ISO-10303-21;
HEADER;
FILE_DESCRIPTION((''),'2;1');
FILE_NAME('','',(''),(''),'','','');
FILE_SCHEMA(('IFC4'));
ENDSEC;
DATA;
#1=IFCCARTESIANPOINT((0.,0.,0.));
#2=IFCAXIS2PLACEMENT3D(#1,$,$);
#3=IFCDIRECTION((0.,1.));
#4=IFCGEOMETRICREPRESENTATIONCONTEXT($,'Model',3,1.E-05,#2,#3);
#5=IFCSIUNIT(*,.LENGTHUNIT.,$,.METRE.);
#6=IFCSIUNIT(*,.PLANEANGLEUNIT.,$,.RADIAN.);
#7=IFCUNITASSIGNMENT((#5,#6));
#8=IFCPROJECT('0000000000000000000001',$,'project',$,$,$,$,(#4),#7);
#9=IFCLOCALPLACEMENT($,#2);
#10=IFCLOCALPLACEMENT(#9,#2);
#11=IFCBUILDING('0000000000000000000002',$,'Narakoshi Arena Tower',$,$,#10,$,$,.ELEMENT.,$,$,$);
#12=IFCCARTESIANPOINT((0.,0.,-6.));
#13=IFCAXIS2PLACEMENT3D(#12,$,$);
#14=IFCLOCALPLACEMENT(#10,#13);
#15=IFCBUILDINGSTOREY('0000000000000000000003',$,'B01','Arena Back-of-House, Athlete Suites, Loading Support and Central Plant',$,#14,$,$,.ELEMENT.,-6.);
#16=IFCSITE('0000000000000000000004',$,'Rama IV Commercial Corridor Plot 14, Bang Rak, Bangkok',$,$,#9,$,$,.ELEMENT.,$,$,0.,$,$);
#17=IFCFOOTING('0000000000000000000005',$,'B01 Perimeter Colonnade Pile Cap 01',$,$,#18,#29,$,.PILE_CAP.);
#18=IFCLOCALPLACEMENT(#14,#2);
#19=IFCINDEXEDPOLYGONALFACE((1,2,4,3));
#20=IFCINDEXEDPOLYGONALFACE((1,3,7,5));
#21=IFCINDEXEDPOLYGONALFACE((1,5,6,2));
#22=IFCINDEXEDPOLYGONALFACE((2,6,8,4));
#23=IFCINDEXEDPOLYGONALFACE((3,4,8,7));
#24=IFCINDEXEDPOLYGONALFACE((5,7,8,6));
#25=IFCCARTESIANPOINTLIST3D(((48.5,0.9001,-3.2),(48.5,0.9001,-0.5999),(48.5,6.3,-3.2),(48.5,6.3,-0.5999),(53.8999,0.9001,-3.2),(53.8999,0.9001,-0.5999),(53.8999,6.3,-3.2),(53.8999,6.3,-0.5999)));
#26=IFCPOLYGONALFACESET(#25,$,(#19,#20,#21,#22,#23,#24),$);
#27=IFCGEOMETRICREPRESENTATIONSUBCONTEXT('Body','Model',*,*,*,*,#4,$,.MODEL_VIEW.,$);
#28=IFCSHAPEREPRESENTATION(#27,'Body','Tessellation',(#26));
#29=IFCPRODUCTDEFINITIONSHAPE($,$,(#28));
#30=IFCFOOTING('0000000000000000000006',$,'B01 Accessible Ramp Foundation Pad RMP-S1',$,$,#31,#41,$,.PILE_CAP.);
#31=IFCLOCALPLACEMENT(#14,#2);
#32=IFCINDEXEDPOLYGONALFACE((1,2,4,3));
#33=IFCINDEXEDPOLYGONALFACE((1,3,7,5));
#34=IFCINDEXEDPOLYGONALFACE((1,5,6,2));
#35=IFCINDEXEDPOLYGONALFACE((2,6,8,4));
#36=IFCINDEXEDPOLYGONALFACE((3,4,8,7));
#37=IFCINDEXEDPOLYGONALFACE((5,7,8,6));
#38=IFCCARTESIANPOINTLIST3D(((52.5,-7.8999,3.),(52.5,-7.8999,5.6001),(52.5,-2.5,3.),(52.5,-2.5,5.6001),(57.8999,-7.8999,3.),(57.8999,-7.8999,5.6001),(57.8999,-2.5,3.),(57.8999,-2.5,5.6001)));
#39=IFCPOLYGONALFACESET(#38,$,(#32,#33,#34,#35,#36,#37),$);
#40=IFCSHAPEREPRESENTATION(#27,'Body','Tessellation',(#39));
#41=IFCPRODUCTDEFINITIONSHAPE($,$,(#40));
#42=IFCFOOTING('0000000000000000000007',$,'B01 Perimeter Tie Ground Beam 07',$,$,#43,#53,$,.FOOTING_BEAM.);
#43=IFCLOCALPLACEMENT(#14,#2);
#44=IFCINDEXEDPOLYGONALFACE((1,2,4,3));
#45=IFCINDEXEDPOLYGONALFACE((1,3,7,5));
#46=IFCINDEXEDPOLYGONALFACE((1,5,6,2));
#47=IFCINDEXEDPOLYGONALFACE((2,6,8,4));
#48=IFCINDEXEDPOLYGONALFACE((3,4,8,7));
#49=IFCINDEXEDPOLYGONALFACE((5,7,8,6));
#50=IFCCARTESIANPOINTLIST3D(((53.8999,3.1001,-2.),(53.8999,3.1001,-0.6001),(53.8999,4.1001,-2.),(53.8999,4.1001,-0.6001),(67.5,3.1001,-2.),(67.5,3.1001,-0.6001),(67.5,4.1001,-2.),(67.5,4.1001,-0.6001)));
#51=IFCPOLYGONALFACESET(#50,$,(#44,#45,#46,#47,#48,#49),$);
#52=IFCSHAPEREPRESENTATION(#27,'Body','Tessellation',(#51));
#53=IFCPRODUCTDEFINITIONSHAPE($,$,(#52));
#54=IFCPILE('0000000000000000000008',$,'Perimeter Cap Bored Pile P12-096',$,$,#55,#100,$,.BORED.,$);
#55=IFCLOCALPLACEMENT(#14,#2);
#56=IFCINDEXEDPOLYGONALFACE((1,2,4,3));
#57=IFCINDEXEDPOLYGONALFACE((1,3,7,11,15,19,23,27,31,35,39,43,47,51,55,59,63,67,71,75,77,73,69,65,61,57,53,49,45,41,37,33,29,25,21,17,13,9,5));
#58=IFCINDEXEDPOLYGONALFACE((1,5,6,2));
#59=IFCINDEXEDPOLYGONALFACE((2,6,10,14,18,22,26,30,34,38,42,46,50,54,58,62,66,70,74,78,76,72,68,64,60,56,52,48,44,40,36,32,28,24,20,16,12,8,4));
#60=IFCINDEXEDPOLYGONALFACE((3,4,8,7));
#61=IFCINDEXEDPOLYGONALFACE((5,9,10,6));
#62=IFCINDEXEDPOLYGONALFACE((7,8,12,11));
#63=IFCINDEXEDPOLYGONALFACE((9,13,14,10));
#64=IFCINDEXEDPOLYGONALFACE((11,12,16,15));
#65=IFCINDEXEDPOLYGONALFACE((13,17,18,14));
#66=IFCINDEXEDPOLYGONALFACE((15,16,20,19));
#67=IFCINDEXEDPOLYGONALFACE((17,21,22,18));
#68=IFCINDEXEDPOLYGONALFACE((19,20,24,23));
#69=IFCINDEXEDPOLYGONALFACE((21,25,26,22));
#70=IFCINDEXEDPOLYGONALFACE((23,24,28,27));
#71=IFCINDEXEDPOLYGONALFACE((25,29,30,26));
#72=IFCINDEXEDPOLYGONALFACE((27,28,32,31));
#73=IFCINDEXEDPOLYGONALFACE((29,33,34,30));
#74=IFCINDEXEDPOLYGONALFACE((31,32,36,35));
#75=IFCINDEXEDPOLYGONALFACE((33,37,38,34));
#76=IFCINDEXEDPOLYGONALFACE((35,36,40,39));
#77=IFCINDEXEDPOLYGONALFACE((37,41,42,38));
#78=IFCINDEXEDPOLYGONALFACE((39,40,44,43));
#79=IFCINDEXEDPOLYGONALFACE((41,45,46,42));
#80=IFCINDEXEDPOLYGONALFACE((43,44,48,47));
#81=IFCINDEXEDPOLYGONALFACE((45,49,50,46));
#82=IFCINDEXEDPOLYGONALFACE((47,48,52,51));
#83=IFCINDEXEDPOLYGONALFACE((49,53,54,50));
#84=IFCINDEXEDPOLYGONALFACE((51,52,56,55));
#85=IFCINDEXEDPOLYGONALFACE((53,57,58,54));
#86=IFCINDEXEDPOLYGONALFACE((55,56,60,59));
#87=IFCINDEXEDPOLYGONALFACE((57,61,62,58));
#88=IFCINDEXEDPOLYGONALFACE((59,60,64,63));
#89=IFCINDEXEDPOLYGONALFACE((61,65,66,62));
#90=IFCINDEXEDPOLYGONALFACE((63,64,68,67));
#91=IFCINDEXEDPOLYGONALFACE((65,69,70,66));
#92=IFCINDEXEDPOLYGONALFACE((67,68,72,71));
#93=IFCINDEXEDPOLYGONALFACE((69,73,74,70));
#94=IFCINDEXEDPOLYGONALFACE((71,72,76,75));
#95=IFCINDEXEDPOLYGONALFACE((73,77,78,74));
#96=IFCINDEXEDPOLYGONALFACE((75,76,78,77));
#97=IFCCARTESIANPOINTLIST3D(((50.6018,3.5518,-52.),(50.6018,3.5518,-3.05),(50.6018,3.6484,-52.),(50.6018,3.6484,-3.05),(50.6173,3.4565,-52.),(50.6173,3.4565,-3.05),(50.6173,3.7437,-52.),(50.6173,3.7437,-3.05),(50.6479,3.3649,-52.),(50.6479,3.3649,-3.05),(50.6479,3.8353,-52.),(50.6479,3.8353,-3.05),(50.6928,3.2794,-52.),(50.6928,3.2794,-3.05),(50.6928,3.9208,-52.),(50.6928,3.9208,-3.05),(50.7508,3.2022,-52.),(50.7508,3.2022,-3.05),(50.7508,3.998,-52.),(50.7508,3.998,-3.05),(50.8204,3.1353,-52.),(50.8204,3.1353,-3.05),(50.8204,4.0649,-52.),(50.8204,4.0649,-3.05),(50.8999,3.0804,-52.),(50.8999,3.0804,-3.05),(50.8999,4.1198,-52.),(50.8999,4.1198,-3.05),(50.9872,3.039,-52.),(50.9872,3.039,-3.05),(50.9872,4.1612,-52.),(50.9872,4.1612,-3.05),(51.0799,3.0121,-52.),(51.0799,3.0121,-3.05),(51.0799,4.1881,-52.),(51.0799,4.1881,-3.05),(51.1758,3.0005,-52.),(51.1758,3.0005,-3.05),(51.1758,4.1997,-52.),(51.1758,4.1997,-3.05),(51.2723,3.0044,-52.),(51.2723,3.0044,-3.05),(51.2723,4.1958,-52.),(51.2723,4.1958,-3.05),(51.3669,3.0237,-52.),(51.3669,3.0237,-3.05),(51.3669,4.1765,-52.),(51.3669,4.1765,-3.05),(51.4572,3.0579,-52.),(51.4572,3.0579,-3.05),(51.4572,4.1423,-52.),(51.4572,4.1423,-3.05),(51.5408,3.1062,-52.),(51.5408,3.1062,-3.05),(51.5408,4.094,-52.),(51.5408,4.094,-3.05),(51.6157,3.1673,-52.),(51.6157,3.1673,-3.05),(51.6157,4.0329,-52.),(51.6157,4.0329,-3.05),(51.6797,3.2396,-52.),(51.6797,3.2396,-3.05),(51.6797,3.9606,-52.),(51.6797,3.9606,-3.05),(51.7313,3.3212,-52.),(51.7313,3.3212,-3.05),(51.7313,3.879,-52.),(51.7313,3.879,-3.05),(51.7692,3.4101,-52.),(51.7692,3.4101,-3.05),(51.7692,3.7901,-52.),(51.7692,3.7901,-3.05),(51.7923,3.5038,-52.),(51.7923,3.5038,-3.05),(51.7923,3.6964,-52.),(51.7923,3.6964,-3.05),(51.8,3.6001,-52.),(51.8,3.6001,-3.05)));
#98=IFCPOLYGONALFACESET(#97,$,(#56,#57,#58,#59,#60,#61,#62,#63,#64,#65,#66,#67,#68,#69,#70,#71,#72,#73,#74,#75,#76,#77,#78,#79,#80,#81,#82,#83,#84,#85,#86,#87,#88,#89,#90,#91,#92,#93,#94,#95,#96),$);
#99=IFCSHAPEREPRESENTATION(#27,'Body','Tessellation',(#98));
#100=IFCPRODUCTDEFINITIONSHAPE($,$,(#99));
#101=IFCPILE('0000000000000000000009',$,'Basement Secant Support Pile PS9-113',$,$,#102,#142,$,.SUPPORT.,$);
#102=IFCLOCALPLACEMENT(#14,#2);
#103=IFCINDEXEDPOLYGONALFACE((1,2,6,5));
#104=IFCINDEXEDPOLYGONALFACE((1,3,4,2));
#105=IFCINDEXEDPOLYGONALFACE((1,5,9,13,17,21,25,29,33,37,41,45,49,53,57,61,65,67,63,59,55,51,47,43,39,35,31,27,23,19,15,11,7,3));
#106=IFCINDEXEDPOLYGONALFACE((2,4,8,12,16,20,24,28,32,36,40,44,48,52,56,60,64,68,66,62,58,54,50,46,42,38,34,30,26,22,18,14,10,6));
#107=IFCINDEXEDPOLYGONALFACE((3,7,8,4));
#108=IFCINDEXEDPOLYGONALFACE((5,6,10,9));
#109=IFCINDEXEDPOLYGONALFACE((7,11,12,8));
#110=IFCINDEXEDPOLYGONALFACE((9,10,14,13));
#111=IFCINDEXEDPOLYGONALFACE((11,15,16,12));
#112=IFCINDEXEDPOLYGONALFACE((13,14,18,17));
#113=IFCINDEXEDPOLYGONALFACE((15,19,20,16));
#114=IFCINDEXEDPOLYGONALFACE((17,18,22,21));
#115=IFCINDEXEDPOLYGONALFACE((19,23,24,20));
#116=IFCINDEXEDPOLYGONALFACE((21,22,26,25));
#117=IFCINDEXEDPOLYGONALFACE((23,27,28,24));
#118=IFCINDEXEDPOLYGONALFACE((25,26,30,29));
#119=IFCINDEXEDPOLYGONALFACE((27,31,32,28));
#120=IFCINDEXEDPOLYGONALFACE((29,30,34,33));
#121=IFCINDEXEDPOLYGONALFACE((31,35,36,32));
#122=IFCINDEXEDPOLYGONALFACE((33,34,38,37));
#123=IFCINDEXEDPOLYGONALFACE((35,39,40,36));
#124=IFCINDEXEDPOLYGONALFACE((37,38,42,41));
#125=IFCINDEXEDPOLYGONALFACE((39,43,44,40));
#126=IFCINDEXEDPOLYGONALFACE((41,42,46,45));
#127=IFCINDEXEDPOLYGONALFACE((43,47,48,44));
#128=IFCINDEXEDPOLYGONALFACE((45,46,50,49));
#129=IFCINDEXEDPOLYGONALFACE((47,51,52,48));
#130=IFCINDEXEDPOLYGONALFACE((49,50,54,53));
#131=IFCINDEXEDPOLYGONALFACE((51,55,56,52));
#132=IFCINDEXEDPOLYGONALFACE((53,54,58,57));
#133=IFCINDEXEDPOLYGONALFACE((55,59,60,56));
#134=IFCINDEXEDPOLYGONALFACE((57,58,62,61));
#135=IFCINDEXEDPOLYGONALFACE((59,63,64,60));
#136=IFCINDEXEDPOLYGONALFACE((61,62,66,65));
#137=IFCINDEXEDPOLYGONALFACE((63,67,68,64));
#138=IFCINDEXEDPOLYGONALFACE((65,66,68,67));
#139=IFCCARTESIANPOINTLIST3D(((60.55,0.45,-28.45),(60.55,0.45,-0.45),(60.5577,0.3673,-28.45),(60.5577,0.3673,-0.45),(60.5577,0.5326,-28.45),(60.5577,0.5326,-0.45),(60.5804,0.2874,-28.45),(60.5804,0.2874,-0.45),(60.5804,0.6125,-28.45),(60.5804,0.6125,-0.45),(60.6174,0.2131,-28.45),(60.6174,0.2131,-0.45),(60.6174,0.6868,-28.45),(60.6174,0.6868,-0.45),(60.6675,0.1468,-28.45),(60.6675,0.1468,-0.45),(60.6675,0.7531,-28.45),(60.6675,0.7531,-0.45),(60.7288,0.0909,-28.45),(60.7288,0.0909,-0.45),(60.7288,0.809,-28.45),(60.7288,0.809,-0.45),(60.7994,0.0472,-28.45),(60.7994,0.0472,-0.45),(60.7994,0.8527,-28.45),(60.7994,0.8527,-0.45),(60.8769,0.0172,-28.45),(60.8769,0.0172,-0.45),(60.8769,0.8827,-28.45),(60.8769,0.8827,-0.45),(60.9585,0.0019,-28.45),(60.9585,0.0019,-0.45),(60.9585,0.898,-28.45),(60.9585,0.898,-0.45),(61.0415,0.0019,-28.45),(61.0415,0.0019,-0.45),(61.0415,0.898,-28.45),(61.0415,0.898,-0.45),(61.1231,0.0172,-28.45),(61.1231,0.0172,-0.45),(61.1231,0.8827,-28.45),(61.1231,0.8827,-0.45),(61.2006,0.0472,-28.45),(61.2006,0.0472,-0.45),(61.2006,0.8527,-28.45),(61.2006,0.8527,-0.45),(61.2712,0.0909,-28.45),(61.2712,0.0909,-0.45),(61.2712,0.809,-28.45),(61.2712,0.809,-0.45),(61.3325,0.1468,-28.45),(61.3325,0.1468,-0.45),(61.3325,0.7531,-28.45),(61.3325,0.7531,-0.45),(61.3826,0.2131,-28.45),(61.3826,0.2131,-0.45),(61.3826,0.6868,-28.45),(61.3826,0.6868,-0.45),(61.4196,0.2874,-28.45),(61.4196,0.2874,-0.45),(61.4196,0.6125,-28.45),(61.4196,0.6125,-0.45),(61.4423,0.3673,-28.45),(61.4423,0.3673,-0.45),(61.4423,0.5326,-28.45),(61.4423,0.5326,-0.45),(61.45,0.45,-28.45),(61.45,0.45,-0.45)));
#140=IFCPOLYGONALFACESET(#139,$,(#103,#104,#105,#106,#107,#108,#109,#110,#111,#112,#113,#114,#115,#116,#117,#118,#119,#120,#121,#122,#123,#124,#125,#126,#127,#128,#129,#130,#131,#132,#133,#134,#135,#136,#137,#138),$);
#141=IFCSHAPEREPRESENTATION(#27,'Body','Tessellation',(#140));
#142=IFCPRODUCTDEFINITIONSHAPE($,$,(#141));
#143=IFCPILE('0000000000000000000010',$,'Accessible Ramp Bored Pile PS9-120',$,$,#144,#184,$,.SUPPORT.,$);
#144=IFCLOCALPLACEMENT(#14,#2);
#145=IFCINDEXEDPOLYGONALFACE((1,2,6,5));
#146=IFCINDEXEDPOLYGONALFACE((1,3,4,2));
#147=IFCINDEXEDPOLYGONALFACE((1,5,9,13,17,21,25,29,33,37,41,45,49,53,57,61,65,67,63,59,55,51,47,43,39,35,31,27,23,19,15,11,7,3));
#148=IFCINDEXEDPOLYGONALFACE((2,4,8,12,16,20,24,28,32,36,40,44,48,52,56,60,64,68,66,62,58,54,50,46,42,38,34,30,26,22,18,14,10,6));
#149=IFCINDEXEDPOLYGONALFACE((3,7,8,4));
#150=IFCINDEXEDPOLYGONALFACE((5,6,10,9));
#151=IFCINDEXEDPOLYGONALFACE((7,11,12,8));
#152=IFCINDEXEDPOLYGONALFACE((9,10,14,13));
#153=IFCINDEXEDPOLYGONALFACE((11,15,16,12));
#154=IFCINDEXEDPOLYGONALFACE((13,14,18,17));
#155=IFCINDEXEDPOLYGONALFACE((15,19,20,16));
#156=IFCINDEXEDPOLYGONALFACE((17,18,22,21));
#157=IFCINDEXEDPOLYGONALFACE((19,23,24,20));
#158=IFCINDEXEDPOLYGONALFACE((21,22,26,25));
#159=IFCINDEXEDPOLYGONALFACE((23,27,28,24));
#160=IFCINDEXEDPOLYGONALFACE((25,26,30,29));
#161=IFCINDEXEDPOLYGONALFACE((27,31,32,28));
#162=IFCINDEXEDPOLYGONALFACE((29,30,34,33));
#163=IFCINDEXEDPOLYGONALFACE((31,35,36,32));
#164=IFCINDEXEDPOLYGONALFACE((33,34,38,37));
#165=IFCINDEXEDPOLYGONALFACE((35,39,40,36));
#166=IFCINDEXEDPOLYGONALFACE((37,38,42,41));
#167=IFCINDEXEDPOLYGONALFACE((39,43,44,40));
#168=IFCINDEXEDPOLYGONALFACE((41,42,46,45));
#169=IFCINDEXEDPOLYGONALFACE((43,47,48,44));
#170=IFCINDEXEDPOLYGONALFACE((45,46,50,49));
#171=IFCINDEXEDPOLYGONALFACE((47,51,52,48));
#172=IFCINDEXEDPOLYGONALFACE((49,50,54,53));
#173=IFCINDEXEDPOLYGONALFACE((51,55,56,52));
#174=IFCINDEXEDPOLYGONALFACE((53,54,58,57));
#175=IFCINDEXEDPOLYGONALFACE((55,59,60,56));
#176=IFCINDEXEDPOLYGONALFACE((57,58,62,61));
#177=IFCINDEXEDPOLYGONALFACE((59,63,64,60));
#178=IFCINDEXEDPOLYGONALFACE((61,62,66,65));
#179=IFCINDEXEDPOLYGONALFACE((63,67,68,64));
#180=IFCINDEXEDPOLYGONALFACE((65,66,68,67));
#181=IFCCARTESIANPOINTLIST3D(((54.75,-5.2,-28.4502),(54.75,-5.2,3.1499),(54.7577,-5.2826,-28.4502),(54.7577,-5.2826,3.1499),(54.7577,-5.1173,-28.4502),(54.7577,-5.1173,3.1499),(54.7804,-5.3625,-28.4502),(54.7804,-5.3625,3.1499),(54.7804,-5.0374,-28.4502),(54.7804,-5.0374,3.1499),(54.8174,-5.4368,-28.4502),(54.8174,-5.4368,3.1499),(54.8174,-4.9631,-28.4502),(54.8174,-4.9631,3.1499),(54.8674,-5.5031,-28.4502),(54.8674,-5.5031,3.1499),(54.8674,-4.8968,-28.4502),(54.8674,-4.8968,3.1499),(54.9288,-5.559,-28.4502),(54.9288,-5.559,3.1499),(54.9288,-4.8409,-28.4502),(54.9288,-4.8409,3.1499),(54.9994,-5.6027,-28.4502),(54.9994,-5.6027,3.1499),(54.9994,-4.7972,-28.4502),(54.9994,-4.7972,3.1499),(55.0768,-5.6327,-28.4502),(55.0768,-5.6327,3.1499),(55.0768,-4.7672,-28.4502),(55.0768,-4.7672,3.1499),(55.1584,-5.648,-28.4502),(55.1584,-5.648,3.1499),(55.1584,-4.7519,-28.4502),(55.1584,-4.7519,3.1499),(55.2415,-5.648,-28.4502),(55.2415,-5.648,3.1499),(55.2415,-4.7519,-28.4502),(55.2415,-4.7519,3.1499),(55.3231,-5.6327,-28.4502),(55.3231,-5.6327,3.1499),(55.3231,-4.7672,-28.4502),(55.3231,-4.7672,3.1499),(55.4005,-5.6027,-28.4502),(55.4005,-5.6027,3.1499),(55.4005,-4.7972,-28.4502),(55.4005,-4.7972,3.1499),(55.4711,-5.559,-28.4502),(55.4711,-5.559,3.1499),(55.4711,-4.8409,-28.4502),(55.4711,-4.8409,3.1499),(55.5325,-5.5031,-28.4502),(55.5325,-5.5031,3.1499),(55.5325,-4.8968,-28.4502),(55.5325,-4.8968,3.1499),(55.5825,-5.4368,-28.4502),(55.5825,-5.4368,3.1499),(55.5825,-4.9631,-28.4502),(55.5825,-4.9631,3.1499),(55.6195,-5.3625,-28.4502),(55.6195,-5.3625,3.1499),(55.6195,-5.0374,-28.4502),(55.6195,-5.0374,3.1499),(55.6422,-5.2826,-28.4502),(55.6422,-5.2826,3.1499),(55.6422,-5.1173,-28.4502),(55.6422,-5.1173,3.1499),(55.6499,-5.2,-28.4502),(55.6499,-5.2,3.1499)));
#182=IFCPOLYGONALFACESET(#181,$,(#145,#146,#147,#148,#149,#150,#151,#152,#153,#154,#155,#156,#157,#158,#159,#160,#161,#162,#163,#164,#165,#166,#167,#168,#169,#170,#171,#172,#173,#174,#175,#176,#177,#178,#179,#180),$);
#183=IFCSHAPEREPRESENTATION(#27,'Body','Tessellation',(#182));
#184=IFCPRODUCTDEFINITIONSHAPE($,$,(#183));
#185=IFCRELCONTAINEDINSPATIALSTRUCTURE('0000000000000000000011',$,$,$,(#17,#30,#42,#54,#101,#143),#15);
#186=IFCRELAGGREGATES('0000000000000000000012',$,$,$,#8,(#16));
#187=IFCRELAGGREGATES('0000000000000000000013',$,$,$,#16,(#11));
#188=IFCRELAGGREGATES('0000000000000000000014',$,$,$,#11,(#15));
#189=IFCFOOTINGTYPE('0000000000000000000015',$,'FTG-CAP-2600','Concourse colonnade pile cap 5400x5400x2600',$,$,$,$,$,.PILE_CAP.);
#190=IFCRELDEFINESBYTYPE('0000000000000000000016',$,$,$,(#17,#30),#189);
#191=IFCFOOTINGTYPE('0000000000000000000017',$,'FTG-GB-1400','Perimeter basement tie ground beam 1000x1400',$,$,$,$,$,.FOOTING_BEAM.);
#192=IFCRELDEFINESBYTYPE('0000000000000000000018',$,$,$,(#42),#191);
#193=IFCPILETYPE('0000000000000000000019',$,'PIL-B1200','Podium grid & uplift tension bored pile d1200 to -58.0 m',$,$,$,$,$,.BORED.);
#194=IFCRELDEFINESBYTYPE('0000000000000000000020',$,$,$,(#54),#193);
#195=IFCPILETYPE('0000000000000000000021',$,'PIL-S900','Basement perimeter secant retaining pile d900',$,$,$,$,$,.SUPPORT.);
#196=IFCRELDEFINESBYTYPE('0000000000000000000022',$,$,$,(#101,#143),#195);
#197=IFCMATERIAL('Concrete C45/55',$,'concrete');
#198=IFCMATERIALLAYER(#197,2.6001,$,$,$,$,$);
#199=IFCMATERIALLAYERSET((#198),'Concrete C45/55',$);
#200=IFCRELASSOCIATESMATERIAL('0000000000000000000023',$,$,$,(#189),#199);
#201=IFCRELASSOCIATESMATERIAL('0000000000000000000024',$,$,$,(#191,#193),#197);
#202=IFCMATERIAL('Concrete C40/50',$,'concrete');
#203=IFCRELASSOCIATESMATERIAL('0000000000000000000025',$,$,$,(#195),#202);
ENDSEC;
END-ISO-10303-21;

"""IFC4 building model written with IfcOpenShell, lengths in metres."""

from ifc_helpers import new_model, si_unit, direction, frame, origin, origin_2d, place, context, subcontext, project, spatial, rectangle, circle, extrude, material, layer, layer_set, material_profile, profile_set, type_object, element, save


model = new_model("IFC4")

# Units and contexts
model_context = context("Model", 3, precision=1e-05, world=origin(), true_north=direction((0.0, 1.0)))
body_context = subcontext(model_context, "Body", "Model", "MODEL_VIEW")
ifc_project = project(units=[si_unit("LENGTHUNIT", "METRE"), si_unit("PLANEANGLEUNIT", "RADIAN")], contexts=[model_context])

# Site, building, storey
site_placement = place(None, origin())
site = spatial("IfcSite", under=ifc_project, at=site_placement, Name="Rama IV Commercial Corridor Plot 14, Bang Rak, Bangkok", CompositionType="ELEMENT", RefElevation=0.0)
building_placement = place(site_placement, origin())
building = spatial("IfcBuilding", under=site, at=building_placement, Name="Narakoshi Arena Tower", CompositionType="ELEMENT")
storey_placement = place(building_placement, frame((0.0, 0.0, -6.0)))
storey = spatial("IfcBuildingStorey", under=building, at=storey_placement, Name="B01", Description="Arena Back-of-House, Athlete Suites, Loading Support and Central Plant", CompositionType="ELEMENT", Elevation=-6.0)

# Footings
ifc_material_1 = material(Name="Concrete C45/55", Category="concrete")
ifc_layer_1 = layer(ifc_material_1, 2.6001)
ifc_layer_set_1 = layer_set([ifc_layer_1], Name="Concrete C45/55")
footing_type_1 = type_object("IfcFootingType", Name="FTG-CAP-2600", Description="Concourse colonnade pile cap 5400x5400x2600", PredefinedType="PILE_CAP", material=ifc_layer_set_1)
for number, where, z_axis, x_axis, name in (
    (1, (51.2, 3.6001, -3.2), (0.0, 0.0, 1.0), (1.0, 0.0, 0.0), "B01 Perimeter Colonnade Pile Cap 01"),
    (2, (55.2, -5.2, 3.0), (0.0, 0.0, 1.0), (1.0, 0.0, 0.0), "B01 Accessible Ramp Foundation Pad RMP-S1"),
):
    element("IfcFooting", number, at=place(storey_placement, frame(where, z_axis=z_axis, x_axis=x_axis)), inside=storey, type_object=footing_type_1, Name=name, PredefinedType="PILE_CAP", context=body_context, shape_type="SweptSolid", body=[
        extrude(rectangle(XDim=5.3999, YDim=5.3999, at=origin_2d()), origin(), (0.0, 0.0, 1.0), 2.6001),
    ])
ifc_material_profile_1 = material_profile(ifc_material_1, rectangle(XDim=1.0, YDim=1.3999, at=origin_2d()), Name="RGB1000x1400")
ifc_profile_set_1 = profile_set([ifc_material_profile_1], Name="Concrete C45/55")
footing_type_2 = type_object("IfcFootingType", Name="FTG-GB-1400", Description="Perimeter basement tie ground beam 1000x1400", PredefinedType="FOOTING_BEAM", material=ifc_profile_set_1)
footing_placement = place(storey_placement, frame((53.8999, 3.6001, -1.3), z_axis=(1.0, 0.0, 0.0), x_axis=(0.0, 1.0, 0.0)))
element("IfcFooting", 3, at=footing_placement, inside=storey, type_object=footing_type_2, Name="B01 Perimeter Tie Ground Beam 07", PredefinedType="FOOTING_BEAM", context=body_context, shape_type="SweptSolid", body=[
    extrude(rectangle(XDim=1.0, YDim=1.3999, at=origin_2d()), origin(), (0.0, 0.0, 1.0), 13.6001),
])

# Piles
ifc_material_profile_2 = material_profile(ifc_material_1, circle(Radius=0.6001, at=origin_2d()), Name="PILE-D1200")
ifc_profile_set_2 = profile_set([ifc_material_profile_2], Name="Concrete C45/55")
pile_type_1 = type_object("IfcPileType", Name="PIL-B1200", Description="Podium grid & uplift tension bored pile d1200 to -58.0 m", PredefinedType="BORED", material=ifc_profile_set_2)
pile_1_placement = place(storey_placement, frame((51.2, 3.6001, -3.05), z_axis=(0.0, 0.0, -1.0), x_axis=(1.0, 0.0, 0.0)))
element("IfcPile", 4, at=pile_1_placement, inside=storey, type_object=pile_type_1, Name="Perimeter Cap Bored Pile P12-096", PredefinedType="BORED", context=body_context, shape_type="SweptSolid", body=[
    extrude(circle(Radius=0.6001, at=origin_2d()), origin(), (0.0, 0.0, 1.0), 48.95),
])
ifc_material_2 = material(Name="Concrete C40/50", Category="concrete")
ifc_material_profile_3 = material_profile(ifc_material_2, circle(Radius=0.45, at=origin_2d()), Name="PILE-D900")
ifc_profile_set_3 = profile_set([ifc_material_profile_3], Name="Concrete C40/50")
pile_type_2 = type_object("IfcPileType", Name="PIL-S900", Description="Basement perimeter secant retaining pile d900", PredefinedType="SUPPORT", material=ifc_profile_set_3)
pile_2_placement = place(storey_placement, frame((61.0, 0.45, -0.45), z_axis=(0.0, 0.0, -1.0), x_axis=(1.0, 0.0, 0.0)))
element("IfcPile", 5, at=pile_2_placement, inside=storey, type_object=pile_type_2, Name="Basement Secant Support Pile PS9-113", PredefinedType="SUPPORT", context=body_context, shape_type="SweptSolid", body=[
    extrude(circle(Radius=0.45, at=origin_2d()), origin(), (0.0, 0.0, 1.0), 28.0),
])
pile_3_placement = place(storey_placement, frame((55.2, -5.2, 3.1499), z_axis=(0.0, 0.0, -1.0), x_axis=(1.0, 0.0, 0.0)))
element("IfcPile", 6, at=pile_3_placement, inside=storey, type_object=pile_type_2, Name="Accessible Ramp Bored Pile PS9-120", PredefinedType="SUPPORT", context=body_context, shape_type="SweptSolid", body=[
    extrude(circle(Radius=0.45, at=origin_2d()), origin(), (0.0, 0.0, 1.0), 31.6001),
])

save(model, "model.ifc")
